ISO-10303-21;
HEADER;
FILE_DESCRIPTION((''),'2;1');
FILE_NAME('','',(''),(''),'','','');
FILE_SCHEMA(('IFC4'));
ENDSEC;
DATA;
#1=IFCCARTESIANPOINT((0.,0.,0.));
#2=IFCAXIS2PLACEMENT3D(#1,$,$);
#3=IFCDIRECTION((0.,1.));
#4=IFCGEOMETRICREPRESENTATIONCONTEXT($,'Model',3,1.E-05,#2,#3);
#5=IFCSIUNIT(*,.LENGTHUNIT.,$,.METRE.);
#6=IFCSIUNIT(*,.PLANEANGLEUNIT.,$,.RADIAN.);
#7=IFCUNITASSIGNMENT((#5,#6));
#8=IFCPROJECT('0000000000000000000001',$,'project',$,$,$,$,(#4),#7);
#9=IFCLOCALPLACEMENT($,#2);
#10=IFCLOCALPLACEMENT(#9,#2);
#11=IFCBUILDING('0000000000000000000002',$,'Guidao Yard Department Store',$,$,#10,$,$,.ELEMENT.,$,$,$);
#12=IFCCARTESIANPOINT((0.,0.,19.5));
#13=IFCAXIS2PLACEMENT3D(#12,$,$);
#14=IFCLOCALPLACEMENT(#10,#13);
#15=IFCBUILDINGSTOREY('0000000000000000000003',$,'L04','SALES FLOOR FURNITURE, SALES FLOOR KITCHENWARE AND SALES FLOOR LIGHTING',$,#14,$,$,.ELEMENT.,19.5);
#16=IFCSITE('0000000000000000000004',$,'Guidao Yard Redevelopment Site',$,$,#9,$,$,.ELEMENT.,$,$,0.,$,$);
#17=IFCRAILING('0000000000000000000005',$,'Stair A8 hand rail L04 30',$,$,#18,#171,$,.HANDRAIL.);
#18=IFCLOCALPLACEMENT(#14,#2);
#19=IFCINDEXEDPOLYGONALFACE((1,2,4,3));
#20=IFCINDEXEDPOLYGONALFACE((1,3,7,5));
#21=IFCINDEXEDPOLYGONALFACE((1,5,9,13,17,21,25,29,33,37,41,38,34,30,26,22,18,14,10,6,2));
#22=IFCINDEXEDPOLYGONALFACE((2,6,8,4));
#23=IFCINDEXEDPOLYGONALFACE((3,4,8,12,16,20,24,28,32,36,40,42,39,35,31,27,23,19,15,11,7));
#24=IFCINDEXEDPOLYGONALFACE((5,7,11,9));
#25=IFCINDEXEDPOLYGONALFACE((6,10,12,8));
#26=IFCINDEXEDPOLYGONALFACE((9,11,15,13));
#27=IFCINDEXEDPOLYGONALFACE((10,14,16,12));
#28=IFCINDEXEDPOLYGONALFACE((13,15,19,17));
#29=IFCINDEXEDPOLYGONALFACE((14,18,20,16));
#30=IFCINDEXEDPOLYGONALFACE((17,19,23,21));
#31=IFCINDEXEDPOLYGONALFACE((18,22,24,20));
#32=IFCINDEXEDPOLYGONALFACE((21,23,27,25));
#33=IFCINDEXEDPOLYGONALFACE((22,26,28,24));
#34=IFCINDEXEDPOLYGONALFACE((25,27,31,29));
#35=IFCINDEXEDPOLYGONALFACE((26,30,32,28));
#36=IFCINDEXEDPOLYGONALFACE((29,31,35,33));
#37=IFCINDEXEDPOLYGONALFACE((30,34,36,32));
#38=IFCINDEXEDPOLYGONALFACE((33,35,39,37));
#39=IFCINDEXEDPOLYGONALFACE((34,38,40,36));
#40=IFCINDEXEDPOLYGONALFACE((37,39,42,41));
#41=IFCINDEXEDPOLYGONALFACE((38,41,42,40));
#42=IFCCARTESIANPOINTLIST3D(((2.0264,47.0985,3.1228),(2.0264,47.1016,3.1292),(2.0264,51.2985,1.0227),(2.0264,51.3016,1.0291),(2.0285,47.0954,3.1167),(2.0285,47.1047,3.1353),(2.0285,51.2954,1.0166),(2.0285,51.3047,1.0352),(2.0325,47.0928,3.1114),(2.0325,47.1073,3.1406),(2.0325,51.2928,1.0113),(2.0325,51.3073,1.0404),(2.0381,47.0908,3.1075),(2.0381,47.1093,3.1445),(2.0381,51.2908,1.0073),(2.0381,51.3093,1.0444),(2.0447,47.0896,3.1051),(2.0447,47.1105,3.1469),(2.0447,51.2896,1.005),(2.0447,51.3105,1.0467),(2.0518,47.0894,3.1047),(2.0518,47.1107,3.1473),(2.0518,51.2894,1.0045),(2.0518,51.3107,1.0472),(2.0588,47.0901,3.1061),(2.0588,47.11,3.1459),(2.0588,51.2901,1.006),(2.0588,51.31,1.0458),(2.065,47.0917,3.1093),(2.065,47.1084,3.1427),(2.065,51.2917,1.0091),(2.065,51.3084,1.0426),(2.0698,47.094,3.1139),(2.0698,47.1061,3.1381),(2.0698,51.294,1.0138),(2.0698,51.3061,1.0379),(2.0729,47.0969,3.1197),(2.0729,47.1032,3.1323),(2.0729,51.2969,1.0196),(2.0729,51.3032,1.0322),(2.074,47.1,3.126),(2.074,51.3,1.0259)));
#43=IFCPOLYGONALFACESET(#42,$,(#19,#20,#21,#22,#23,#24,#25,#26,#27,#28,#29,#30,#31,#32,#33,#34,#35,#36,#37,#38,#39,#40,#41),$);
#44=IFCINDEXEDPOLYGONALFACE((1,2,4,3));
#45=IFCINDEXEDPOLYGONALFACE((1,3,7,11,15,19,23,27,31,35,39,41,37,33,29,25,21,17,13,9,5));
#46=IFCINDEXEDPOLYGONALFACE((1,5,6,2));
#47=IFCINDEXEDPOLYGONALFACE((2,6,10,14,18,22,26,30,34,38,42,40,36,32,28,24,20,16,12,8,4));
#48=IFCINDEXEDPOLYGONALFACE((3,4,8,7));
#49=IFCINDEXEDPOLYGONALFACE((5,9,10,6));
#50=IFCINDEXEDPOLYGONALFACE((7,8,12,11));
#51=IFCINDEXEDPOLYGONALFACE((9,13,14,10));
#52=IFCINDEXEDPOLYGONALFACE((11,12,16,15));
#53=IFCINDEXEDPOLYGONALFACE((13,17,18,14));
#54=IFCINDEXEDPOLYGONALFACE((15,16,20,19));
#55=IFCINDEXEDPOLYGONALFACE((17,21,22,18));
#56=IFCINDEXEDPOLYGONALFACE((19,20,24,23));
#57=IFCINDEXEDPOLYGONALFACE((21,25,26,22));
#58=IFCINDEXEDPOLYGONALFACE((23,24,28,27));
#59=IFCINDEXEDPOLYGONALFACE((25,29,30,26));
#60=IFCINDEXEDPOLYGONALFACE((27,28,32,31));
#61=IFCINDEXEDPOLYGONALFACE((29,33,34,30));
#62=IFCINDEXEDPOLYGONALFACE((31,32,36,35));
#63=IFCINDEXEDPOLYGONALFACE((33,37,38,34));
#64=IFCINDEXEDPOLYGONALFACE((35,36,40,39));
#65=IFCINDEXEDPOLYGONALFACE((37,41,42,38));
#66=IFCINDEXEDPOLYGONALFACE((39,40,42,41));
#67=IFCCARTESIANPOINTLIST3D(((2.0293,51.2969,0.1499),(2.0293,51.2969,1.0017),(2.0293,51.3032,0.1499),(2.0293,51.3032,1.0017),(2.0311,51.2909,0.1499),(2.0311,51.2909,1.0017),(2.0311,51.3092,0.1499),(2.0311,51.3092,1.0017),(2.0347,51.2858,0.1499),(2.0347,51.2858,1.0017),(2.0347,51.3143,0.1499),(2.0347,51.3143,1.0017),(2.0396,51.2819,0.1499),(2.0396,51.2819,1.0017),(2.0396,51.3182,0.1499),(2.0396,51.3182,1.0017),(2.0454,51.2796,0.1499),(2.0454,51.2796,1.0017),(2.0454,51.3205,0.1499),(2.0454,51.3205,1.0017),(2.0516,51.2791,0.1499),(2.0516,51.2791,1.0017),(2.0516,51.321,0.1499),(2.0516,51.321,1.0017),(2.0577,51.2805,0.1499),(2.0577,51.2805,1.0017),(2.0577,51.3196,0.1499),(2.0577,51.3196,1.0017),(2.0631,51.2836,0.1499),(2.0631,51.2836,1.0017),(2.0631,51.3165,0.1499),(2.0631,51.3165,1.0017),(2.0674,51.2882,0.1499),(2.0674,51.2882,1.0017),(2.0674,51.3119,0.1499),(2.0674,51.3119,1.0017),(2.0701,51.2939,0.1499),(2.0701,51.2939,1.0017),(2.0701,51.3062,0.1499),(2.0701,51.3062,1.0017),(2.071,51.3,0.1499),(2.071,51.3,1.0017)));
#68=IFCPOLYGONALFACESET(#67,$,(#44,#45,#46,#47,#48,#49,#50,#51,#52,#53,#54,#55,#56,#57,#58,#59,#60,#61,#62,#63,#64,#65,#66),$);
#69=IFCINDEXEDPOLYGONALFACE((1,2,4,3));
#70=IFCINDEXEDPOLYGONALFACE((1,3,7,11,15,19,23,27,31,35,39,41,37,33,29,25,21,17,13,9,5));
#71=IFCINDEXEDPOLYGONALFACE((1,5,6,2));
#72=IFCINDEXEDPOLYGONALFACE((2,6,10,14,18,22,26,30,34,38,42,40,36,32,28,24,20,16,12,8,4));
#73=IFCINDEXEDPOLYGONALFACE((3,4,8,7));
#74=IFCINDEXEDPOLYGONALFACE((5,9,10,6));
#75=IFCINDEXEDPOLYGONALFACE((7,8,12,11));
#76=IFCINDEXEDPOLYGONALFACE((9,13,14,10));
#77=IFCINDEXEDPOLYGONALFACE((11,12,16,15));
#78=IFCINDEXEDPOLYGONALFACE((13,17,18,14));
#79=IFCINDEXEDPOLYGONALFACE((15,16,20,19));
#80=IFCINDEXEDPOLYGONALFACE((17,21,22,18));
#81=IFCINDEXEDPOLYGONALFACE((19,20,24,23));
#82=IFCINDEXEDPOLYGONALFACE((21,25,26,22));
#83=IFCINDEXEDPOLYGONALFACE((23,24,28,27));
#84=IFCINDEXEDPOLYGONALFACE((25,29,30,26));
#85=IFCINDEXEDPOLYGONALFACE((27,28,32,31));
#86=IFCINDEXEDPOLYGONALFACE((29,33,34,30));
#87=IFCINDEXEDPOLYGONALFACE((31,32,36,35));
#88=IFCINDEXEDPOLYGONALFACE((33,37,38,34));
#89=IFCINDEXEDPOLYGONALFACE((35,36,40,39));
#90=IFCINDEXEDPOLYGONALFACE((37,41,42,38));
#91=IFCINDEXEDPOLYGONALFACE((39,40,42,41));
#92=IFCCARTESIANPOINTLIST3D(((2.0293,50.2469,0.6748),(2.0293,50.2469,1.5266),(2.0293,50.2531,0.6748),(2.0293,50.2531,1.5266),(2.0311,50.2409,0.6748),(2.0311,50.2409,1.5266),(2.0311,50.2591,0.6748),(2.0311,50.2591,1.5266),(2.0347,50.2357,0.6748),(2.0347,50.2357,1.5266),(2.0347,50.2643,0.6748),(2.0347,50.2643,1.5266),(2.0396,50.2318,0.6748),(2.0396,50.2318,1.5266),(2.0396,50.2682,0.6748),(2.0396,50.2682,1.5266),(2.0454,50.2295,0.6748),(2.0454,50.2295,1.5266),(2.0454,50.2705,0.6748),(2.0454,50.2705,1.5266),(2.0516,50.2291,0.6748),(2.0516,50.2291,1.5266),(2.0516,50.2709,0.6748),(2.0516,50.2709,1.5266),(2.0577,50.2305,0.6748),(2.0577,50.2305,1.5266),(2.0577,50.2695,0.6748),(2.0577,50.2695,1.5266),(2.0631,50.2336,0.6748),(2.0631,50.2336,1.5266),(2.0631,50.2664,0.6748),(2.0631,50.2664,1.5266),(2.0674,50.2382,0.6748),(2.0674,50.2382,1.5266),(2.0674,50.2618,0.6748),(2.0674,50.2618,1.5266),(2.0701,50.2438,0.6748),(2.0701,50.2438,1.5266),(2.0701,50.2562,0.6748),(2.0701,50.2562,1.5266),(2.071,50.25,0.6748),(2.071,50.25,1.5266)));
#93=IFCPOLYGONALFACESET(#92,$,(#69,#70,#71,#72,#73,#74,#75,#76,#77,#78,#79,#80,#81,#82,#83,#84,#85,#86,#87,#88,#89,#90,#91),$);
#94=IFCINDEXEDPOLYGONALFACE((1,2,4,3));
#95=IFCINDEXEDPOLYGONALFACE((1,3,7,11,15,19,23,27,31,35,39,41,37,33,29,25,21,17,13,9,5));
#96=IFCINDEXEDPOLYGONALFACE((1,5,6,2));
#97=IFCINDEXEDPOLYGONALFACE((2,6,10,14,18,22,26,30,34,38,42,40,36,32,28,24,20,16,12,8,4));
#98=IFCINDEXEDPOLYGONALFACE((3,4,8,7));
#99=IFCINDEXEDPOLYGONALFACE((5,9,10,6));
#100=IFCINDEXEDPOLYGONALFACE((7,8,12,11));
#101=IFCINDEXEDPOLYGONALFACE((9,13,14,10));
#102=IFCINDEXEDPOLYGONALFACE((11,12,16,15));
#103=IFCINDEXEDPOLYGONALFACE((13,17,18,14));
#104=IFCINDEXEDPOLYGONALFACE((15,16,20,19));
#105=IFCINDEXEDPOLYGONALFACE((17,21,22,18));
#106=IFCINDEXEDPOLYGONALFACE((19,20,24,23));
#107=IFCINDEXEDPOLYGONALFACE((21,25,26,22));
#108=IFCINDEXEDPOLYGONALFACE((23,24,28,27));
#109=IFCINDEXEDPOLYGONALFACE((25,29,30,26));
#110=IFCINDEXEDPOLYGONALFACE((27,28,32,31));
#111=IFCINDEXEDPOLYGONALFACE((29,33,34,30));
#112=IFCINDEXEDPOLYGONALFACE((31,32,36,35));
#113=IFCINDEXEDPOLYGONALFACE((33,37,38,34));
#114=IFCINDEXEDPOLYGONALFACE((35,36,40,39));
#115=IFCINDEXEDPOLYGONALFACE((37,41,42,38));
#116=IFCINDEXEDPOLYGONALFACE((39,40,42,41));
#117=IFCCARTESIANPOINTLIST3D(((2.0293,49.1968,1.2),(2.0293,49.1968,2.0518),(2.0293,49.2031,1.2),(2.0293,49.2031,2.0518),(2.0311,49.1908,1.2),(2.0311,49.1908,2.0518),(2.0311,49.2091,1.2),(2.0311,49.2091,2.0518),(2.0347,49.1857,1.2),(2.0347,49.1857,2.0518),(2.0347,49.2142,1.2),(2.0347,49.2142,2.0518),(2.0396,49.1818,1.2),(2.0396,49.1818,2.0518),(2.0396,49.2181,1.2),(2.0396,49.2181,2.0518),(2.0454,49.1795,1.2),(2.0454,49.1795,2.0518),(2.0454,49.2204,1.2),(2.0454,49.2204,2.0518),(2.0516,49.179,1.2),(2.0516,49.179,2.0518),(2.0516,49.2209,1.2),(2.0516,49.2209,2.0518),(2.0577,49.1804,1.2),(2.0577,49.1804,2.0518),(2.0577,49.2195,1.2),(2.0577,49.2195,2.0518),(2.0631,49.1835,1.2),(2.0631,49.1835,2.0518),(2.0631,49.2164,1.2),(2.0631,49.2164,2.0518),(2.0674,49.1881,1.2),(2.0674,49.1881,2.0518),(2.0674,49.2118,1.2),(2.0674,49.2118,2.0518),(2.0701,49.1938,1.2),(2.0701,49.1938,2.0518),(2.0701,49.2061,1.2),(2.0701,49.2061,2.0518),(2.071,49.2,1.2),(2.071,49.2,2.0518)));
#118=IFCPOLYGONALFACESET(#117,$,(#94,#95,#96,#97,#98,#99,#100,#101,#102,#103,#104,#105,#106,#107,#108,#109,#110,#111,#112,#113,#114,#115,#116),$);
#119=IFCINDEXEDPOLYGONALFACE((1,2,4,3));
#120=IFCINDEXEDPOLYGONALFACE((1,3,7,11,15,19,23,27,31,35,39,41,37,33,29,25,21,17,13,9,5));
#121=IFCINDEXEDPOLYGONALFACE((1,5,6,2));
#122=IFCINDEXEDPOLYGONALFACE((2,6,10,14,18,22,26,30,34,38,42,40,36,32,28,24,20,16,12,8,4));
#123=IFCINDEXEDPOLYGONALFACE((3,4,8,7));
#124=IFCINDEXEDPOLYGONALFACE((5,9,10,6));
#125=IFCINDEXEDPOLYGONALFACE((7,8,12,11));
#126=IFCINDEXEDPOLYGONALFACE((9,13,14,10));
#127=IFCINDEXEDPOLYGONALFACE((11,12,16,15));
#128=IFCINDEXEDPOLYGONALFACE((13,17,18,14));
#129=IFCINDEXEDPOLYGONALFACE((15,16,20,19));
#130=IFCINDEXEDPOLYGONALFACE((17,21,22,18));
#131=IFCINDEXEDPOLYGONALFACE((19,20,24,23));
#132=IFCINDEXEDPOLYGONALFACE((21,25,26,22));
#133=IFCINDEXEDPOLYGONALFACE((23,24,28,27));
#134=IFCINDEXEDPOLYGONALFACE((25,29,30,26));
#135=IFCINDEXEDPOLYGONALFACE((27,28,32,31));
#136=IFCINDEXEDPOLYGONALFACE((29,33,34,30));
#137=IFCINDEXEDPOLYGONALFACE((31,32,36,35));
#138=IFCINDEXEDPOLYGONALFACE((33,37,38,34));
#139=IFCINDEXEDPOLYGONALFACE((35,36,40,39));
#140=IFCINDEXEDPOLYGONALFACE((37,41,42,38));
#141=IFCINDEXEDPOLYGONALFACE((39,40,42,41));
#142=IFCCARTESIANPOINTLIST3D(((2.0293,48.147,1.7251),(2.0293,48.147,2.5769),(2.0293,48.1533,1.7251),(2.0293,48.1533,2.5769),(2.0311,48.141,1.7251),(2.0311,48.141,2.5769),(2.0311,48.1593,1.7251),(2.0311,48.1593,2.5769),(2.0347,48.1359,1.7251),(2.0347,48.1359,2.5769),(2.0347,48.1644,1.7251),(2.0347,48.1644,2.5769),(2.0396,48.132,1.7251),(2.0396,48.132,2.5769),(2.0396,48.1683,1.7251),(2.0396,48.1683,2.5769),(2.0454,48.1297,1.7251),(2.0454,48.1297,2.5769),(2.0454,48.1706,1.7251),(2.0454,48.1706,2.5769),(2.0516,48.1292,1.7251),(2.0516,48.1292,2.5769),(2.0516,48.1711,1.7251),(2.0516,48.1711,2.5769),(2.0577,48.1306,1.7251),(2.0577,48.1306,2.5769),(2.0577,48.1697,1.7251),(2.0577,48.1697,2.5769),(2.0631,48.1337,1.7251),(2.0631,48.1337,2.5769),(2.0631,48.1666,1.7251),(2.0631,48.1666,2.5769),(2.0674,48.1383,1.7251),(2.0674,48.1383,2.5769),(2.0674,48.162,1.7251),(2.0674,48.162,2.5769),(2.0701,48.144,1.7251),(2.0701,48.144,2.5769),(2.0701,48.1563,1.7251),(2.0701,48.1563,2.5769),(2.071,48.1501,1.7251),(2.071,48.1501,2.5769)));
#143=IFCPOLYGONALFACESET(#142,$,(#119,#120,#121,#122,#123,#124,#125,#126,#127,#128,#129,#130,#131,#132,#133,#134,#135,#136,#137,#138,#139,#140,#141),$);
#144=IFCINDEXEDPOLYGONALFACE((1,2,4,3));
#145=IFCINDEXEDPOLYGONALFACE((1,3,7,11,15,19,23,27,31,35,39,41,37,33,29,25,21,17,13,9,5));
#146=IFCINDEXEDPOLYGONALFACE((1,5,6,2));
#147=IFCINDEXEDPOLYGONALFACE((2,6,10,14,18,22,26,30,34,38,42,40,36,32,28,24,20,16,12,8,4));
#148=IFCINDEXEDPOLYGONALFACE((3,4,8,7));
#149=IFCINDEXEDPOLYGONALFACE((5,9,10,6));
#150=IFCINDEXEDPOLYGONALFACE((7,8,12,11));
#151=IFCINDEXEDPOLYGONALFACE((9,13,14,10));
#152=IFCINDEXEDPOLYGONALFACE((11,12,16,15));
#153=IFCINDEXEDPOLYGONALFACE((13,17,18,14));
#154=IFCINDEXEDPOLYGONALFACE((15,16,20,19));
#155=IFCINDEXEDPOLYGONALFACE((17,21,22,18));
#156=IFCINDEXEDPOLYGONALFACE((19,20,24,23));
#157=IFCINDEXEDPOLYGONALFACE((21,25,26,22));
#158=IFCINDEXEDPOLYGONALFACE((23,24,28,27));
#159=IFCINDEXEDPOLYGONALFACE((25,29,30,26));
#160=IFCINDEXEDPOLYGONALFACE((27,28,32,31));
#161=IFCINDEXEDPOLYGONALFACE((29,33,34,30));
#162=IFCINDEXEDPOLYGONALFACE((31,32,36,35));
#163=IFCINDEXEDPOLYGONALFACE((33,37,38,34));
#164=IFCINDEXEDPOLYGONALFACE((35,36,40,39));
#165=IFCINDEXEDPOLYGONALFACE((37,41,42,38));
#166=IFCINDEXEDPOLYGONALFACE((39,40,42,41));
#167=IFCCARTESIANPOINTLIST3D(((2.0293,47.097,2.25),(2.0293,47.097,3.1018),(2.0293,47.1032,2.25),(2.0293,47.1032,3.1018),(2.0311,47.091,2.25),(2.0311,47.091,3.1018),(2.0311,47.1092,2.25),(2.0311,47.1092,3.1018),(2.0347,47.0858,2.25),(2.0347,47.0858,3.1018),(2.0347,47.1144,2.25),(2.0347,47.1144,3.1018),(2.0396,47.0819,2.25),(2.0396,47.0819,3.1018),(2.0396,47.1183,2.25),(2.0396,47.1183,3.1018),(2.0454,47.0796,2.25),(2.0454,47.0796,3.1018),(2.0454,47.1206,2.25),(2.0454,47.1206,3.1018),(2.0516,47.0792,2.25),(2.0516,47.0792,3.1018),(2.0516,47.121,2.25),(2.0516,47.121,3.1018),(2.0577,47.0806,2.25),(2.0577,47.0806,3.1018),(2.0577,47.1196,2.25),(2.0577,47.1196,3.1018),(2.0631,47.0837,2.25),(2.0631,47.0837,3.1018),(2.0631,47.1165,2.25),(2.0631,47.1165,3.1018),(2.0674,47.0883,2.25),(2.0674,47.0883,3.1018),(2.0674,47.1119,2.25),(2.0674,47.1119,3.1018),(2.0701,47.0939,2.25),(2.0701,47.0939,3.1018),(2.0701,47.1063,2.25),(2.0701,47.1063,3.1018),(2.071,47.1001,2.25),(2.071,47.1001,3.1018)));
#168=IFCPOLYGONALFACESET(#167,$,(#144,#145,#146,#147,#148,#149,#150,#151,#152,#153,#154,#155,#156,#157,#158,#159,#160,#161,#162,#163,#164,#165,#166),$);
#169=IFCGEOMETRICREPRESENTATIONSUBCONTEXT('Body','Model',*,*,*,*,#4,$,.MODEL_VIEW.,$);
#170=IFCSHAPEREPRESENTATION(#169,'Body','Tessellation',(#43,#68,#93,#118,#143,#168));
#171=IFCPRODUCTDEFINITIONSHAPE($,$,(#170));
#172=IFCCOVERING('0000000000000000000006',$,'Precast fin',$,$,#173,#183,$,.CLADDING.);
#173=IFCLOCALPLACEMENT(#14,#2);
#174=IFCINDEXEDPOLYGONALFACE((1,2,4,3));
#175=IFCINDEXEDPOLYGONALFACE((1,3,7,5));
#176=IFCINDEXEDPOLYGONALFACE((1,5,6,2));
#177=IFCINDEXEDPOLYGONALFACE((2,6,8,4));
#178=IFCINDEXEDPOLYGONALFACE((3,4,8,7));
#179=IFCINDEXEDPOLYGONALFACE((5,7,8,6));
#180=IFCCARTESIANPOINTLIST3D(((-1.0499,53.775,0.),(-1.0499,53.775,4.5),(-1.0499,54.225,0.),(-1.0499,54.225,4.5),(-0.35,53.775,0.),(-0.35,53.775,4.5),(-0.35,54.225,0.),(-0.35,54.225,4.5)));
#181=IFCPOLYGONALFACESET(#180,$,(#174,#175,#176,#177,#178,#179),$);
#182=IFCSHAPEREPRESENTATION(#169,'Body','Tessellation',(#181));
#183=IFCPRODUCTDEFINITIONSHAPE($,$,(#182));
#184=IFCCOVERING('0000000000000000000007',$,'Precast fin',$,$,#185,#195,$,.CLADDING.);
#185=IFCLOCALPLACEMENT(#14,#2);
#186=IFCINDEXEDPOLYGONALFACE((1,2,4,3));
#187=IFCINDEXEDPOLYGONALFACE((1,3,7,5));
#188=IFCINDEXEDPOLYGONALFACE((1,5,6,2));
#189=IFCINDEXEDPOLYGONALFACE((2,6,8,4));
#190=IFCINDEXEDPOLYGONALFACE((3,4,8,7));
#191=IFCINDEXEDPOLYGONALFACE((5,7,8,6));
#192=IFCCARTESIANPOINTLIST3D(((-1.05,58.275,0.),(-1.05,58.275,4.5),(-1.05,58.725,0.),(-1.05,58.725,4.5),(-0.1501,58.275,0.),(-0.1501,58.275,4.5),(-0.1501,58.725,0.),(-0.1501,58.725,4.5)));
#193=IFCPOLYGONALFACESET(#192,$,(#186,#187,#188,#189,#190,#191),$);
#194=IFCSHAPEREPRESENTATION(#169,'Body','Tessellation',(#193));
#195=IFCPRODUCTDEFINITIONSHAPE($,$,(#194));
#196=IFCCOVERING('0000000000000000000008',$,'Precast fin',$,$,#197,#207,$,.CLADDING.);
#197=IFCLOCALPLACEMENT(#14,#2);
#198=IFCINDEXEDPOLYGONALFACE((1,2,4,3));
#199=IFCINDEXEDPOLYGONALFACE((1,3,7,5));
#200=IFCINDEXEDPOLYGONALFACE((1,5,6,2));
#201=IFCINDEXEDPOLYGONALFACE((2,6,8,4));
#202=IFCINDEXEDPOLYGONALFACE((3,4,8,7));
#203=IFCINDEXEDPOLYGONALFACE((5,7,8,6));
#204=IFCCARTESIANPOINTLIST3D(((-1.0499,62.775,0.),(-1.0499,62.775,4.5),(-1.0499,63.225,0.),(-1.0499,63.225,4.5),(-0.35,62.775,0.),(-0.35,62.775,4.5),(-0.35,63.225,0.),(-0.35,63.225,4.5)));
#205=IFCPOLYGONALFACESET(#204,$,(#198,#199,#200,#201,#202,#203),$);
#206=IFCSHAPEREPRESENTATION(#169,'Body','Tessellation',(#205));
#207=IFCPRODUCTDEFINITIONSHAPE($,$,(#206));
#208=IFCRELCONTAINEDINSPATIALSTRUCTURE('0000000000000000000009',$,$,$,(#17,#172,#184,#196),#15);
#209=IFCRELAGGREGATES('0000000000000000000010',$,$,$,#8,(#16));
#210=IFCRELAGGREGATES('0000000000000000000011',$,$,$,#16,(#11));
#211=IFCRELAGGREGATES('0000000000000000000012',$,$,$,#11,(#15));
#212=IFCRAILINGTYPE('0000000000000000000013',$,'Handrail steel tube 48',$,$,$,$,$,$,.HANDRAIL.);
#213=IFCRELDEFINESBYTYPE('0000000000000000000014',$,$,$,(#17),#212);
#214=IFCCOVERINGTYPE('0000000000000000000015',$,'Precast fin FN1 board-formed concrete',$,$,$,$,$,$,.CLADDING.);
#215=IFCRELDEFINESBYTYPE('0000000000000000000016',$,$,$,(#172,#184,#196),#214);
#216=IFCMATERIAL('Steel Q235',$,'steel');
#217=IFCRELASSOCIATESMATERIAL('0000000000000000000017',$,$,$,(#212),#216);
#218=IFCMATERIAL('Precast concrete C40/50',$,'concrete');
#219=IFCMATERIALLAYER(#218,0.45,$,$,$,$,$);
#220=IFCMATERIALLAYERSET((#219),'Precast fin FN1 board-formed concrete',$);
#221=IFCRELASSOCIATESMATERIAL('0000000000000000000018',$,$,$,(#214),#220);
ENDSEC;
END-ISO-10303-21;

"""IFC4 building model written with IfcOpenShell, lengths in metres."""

from ifc_helpers import new_model, si_unit, direction, frame, origin, origin_2d, place, context, subcontext, project, spatial, rectangle, circle, extrude, material, layer, layer_set, type_object, element, save


model = new_model("IFC4")

# Units and contexts
model_context = context("Model", 3, precision=1e-05, world=origin(), true_north=direction((0.0, 1.0)))
body_context = subcontext(model_context, "Body", "Model", "MODEL_VIEW")
ifc_project = project(units=[si_unit("LENGTHUNIT", "METRE"), si_unit("PLANEANGLEUNIT", "RADIAN")], contexts=[model_context])

# Site, building, storey
site_placement = place(None, origin())
site = spatial("IfcSite", under=ifc_project, at=site_placement, Name="Guidao Yard Redevelopment Site", CompositionType="ELEMENT", RefElevation=0.0)
building_placement = place(site_placement, origin())
building = spatial("IfcBuilding", under=site, at=building_placement, Name="Guidao Yard Department Store", CompositionType="ELEMENT")
storey_placement = place(building_placement, frame((0.0, 0.0, 19.5)))
storey = spatial("IfcBuildingStorey", under=building, at=storey_placement, Name="L04", Description="SALES FLOOR FURNITURE, SALES FLOOR KITCHENWARE AND SALES FLOOR LIGHTING", CompositionType="ELEMENT", Elevation=19.5)

# Railing
ifc_material_1 = material(Name="Steel Q235", Category="steel")
railing_type_1 = type_object("IfcRailingType", Name="Handrail steel tube 48", PredefinedType="HANDRAIL", material=ifc_material_1)
for number, where, name in (
    (1, (2.05, 51.3, 0.1499), "Stair A8 hand rail L04 30"),
):
    element("IfcRailing", number, at=place(storey_placement, frame(where)), inside=storey, type_object=railing_type_1, Name=name, PredefinedType="HANDRAIL", context=body_context, shape_type="SweptSolid", body=[
        extrude(circle(Radius=0.0239, at=origin_2d()), frame((0.0, 0.0, 0.876), z_axis=(0.0, -0.894417, 0.447234), x_axis=(1.0, 0.0, 0.0)), (0.0, 0.0, 1.0), 4.6958),
        extrude(circle(Radius=0.021, at=origin_2d()), origin(), (0.0, 0.0, 1.0), 0.8518),
        extrude(circle(Radius=0.021, at=origin_2d()), frame((0.0, -1.05, 0.5249)), (0.0, 0.0, 1.0), 0.8518),
        extrude(circle(Radius=0.021, at=origin_2d()), frame((0.0, -2.1001, 1.05)), (0.0, 0.0, 1.0), 0.8518),
        extrude(circle(Radius=0.021, at=origin_2d()), frame((0.0, -3.1499, 1.5752)), (0.0, 0.0, 1.0), 0.8518),
        extrude(circle(Radius=0.021, at=origin_2d()), frame((0.0, -4.2, 2.1001)), (0.0, 0.0, 1.0), 0.8518),
    ])

# Coverings
ifc_material_2 = material(Name="Precast concrete C40/50", Category="concrete")
ifc_layer_1 = layer(ifc_material_2, 0.45)
ifc_layer_set_1 = layer_set([ifc_layer_1], Name="Precast fin FN1 board-formed concrete")
covering_type = type_object("IfcCoveringType", Name="Precast fin FN1 board-formed concrete", PredefinedType="CLADDING", material=ifc_layer_set_1)
covering_1_placement = place(storey_placement, frame((-0.7, 54.0, 0.0), z_axis=(0.0, 0.0, 1.0), x_axis=(0.0, 1.0, 0.0)))
element("IfcCovering", 2, at=covering_1_placement, inside=storey, type_object=covering_type, Name="Precast fin", PredefinedType="CLADDING", context=body_context, shape_type="SweptSolid", body=[
    extrude(rectangle(XDim=0.45, YDim=0.7, at=origin_2d()), origin(), (0.0, 0.0, 1.0), 4.5),
])
covering_2_placement = place(storey_placement, frame((-0.6001, 58.5, 0.0), z_axis=(0.0, 0.0, 1.0), x_axis=(0.0, 1.0, 0.0)))
element("IfcCovering", 3, at=covering_2_placement, inside=storey, type_object=covering_type, Name="Precast fin", PredefinedType="CLADDING", context=body_context, shape_type="SweptSolid", body=[
    extrude(rectangle(XDim=0.45, YDim=0.8999, at=origin_2d()), origin(), (0.0, 0.0, 1.0), 4.5),
])
covering_3_placement = place(storey_placement, frame((-0.7, 63.0, 0.0), z_axis=(0.0, 0.0, 1.0), x_axis=(0.0, 1.0, 0.0)))
element("IfcCovering", 4, at=covering_3_placement, inside=storey, type_object=covering_type, Name="Precast fin", PredefinedType="CLADDING", context=body_context, shape_type="SweptSolid", body=[
    extrude(rectangle(XDim=0.45, YDim=0.7, at=origin_2d()), origin(), (0.0, 0.0, 1.0), 4.5),
])

save(model, "model.ifc")
